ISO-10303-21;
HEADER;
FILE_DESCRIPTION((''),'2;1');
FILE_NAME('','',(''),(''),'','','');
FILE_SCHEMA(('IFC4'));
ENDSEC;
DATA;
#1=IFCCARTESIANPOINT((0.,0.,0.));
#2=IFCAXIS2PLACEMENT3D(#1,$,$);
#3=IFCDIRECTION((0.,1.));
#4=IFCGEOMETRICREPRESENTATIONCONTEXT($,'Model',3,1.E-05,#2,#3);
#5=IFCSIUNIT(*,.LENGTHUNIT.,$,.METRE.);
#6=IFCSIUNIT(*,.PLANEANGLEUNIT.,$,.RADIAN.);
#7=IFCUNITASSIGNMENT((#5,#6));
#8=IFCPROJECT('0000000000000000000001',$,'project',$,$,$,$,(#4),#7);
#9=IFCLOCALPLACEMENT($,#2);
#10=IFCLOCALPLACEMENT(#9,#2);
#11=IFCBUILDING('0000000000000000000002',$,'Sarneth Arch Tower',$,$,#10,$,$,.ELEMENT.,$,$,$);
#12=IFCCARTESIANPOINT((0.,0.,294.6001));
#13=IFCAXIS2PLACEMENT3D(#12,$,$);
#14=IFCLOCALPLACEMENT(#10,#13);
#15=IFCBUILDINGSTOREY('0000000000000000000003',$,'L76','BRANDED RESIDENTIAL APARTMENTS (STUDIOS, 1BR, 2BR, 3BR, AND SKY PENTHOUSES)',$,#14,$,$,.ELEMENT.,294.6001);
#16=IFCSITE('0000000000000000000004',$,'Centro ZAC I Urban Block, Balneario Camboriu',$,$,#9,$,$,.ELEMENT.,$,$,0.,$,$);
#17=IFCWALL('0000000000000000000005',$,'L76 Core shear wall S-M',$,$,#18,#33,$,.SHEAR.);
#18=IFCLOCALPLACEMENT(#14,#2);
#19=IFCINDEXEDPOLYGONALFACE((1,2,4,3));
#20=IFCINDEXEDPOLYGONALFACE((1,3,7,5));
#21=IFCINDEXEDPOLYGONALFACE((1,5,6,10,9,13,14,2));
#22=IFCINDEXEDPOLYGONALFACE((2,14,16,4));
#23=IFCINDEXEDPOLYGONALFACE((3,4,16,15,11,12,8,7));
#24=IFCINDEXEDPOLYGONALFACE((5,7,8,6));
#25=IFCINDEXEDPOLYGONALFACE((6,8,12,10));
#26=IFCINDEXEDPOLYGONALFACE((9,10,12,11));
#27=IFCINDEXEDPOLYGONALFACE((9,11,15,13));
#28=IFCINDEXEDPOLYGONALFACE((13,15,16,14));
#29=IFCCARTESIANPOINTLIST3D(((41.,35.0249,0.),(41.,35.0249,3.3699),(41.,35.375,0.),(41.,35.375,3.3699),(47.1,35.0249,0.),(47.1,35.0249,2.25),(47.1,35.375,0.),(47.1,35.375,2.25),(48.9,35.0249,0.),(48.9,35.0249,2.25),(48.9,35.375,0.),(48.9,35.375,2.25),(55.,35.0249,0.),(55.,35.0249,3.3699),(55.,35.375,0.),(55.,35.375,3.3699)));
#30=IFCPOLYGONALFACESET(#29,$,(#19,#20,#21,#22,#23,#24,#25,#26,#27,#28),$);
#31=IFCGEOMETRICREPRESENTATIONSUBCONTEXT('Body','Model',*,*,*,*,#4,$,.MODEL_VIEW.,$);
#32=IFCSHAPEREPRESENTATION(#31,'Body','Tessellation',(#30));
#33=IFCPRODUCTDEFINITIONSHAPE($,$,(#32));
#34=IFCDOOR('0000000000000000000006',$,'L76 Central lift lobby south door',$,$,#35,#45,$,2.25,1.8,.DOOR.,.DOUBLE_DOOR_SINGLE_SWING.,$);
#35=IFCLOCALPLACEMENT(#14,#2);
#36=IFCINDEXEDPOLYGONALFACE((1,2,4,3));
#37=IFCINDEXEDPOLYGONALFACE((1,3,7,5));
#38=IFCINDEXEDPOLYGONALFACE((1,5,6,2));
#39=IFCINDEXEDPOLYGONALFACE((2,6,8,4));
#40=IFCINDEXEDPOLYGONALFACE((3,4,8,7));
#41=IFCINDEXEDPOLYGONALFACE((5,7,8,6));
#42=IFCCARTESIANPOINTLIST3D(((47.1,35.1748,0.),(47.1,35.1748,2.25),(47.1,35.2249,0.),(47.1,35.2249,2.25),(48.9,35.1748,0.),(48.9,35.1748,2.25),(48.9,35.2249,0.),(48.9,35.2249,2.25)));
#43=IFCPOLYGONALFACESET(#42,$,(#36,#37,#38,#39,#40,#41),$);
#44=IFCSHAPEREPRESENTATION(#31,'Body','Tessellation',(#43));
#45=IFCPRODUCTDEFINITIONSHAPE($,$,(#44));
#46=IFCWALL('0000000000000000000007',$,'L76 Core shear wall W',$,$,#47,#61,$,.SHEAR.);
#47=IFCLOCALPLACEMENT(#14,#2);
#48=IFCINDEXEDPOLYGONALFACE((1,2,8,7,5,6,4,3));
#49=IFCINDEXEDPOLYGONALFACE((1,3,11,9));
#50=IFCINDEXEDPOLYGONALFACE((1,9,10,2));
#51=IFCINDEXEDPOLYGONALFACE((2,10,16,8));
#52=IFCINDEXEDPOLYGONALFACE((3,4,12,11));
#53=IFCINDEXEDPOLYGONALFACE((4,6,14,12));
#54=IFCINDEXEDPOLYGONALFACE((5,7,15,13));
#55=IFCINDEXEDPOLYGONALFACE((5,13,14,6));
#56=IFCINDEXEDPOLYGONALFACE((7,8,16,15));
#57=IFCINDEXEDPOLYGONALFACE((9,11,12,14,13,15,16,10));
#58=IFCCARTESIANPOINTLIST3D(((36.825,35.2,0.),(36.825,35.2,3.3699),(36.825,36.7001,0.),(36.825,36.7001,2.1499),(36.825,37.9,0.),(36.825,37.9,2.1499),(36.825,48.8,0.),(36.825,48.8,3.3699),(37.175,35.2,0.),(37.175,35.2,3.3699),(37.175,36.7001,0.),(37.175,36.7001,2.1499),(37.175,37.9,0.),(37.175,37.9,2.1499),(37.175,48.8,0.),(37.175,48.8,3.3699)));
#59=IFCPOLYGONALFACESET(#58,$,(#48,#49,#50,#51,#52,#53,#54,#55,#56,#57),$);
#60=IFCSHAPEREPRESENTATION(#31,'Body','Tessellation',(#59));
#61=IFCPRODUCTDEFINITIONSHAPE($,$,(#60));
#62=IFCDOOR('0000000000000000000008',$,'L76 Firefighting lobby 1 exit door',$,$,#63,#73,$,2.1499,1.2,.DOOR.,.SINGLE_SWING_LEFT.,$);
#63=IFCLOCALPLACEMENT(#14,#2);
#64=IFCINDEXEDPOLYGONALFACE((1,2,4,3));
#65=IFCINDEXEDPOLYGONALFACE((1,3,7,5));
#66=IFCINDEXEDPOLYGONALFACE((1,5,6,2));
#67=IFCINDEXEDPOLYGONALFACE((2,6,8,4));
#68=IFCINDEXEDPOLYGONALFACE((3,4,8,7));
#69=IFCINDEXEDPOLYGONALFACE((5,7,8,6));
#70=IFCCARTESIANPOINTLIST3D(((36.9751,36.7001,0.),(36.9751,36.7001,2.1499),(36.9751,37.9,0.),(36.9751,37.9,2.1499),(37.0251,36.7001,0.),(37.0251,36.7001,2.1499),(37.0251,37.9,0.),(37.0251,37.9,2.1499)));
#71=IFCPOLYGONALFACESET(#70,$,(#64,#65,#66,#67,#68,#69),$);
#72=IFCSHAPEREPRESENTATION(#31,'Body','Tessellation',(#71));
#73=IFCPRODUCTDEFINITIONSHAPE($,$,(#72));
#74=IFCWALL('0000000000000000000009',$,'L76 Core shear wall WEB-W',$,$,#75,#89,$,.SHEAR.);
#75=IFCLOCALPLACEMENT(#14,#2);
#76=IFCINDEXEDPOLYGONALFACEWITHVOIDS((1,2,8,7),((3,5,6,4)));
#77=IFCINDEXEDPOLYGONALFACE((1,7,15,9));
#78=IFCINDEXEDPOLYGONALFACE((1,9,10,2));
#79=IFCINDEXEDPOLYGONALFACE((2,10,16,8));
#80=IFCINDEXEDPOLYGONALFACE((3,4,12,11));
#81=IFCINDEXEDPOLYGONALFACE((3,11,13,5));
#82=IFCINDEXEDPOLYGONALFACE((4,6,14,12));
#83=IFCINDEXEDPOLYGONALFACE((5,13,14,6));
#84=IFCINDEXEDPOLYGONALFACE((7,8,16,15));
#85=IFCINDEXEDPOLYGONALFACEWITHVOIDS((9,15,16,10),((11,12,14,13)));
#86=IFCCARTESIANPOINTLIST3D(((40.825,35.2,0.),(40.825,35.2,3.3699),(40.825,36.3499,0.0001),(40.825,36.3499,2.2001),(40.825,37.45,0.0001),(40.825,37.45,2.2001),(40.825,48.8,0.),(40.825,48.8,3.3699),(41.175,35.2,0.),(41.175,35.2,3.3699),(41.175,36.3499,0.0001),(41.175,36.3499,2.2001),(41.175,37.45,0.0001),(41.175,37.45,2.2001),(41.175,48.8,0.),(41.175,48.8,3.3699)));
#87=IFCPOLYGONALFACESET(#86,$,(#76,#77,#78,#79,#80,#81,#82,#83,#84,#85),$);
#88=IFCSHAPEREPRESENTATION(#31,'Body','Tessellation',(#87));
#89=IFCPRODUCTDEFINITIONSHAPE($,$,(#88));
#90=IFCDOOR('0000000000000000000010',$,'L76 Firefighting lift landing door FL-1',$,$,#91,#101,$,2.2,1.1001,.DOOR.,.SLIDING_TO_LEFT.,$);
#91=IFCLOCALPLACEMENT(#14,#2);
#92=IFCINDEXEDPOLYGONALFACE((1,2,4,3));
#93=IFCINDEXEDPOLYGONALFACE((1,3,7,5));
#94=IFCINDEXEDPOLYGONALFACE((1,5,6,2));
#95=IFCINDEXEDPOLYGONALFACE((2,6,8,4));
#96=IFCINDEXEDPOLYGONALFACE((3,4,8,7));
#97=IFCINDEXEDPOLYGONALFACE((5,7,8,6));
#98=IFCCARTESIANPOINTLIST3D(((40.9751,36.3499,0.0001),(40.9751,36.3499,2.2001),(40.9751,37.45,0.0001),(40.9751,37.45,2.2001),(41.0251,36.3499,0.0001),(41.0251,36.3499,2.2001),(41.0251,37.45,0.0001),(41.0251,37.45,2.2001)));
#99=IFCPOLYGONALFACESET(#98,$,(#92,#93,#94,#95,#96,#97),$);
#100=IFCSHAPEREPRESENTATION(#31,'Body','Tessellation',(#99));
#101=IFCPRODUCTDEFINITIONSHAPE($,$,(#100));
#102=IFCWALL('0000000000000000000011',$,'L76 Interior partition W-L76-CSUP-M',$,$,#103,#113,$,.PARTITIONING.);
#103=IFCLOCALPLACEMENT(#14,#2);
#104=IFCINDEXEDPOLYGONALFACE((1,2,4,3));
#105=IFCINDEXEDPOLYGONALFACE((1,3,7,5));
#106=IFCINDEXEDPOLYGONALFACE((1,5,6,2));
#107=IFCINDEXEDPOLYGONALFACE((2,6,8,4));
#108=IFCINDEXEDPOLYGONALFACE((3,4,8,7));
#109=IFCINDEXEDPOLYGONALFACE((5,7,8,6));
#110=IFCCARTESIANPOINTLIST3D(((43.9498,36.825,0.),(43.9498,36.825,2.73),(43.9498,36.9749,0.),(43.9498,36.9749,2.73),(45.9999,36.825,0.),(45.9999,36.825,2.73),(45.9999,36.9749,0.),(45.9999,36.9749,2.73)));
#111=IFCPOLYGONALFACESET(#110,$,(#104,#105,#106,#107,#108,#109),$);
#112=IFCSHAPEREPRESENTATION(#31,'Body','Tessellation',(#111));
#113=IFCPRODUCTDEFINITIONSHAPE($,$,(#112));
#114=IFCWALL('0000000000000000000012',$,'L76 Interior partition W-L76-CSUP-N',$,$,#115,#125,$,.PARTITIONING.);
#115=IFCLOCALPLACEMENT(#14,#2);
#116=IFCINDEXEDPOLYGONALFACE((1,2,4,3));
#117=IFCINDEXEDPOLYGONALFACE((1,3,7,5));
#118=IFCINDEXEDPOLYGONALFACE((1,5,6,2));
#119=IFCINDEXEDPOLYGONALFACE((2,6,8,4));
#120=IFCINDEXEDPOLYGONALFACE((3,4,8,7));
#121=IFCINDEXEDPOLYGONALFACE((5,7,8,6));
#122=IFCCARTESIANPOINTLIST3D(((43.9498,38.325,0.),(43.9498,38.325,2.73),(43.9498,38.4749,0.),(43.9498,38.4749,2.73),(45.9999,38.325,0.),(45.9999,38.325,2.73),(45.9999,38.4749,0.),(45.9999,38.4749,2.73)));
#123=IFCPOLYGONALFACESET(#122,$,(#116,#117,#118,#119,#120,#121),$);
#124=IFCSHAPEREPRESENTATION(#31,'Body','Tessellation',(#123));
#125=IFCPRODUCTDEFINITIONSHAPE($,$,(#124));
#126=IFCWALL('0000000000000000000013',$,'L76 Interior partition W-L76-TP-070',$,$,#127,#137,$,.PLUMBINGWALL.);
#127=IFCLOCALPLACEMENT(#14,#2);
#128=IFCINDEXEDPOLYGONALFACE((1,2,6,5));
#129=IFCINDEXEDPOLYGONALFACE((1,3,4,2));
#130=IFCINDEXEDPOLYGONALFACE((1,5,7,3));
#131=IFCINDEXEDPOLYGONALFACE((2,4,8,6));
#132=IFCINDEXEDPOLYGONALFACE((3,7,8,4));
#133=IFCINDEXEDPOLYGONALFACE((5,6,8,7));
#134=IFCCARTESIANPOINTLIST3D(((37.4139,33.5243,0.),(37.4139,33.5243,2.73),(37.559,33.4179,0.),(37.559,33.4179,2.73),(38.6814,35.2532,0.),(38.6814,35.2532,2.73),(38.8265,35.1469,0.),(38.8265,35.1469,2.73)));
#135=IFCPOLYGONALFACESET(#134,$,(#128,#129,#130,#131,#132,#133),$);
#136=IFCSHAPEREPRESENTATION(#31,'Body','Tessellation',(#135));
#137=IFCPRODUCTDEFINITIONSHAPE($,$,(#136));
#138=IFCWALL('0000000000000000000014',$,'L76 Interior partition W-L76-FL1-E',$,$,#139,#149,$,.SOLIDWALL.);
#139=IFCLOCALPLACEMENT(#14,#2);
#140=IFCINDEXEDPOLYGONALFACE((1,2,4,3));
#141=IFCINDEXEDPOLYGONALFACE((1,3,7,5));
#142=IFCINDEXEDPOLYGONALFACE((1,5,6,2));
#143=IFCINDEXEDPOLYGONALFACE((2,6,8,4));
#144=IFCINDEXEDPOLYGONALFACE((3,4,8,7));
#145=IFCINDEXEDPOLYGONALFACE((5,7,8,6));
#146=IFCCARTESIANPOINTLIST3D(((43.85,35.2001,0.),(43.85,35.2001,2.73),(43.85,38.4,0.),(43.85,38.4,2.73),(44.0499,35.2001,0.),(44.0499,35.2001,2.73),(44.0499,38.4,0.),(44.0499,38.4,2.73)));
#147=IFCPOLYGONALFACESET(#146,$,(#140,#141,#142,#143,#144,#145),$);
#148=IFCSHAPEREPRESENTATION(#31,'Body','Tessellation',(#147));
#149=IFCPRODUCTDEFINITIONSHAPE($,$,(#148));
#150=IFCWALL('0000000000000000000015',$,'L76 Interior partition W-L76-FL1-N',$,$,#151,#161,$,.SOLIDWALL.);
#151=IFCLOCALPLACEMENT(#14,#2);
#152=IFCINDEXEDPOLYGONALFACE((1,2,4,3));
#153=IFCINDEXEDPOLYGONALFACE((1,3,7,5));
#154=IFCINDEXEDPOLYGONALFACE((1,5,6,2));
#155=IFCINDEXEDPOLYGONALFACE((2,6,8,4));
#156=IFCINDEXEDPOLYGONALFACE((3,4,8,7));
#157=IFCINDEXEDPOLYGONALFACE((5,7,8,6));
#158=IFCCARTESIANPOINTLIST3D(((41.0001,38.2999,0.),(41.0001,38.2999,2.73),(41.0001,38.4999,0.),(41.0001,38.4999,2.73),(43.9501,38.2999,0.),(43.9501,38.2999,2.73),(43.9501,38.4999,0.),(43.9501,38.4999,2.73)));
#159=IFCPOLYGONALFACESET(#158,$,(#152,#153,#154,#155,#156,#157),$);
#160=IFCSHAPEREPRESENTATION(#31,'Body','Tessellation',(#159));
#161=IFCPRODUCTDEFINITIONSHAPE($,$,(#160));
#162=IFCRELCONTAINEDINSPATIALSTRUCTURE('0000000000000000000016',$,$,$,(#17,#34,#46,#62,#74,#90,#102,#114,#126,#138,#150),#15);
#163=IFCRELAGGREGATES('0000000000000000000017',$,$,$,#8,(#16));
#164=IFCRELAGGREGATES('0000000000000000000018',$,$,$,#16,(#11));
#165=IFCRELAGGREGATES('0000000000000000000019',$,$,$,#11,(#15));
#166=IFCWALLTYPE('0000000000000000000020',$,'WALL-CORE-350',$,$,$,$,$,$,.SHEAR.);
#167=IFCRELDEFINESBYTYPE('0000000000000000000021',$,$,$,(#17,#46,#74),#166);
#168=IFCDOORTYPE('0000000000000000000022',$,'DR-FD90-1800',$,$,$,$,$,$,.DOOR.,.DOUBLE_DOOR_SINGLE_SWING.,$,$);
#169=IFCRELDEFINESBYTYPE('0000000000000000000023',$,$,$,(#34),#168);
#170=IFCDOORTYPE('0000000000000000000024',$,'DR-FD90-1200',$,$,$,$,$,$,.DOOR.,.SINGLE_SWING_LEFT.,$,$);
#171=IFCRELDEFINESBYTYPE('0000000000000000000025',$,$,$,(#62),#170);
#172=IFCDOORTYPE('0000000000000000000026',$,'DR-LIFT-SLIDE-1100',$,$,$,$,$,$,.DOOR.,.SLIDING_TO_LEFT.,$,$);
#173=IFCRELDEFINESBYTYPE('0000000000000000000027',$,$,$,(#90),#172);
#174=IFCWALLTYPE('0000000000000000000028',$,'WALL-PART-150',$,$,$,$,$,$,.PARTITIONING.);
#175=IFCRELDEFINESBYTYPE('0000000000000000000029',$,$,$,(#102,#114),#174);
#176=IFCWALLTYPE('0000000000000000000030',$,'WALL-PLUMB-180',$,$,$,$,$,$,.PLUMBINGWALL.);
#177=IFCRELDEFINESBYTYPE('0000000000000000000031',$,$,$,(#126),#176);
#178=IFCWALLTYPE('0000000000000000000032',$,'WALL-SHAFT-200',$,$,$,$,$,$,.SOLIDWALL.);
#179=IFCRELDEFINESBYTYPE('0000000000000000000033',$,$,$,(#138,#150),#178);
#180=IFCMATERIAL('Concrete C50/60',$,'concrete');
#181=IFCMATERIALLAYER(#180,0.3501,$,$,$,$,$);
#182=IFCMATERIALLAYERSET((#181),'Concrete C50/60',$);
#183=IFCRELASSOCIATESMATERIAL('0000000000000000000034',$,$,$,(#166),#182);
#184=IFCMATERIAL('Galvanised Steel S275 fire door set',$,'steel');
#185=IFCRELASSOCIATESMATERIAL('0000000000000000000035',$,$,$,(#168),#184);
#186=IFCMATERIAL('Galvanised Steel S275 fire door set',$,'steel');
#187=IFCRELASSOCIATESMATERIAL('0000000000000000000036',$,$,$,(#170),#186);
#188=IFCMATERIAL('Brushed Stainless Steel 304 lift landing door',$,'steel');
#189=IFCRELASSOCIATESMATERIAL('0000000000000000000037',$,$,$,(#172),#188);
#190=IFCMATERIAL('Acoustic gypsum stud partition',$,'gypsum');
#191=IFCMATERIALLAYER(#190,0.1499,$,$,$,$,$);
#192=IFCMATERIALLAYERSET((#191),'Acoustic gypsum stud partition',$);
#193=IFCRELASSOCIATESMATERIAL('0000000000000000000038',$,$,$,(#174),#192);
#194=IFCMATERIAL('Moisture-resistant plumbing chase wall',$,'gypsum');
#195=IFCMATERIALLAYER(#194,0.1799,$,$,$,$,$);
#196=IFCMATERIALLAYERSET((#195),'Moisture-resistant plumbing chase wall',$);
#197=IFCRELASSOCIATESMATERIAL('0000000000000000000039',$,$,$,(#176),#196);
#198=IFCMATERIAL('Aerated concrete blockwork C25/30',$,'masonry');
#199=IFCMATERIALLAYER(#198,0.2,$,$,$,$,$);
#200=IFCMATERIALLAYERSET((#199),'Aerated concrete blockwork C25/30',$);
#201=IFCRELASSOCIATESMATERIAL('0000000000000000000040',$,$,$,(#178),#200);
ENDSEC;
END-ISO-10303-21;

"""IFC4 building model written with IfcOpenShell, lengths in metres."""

from ifc_helpers import new_model, si_unit, direction, frame, frame_2d, origin, place, context, subcontext, project, spatial, rectangle, extrude, material, layer, layer_set, type_object, element, fill, save


model = new_model("IFC4")

# Units and contexts
model_context = context("Model", 3, precision=1e-05, world=origin(), true_north=direction((0.0, 1.0)))
body_context = subcontext(model_context, "Body", "Model", "MODEL_VIEW")
ifc_project = project(units=[si_unit("LENGTHUNIT", "METRE"), si_unit("PLANEANGLEUNIT", "RADIAN")], contexts=[model_context])

# Site, building, storey
site_placement = place(None, origin())
site = spatial("IfcSite", under=ifc_project, at=site_placement, Name="Centro ZAC I Urban Block, Balneario Camboriu", CompositionType="ELEMENT", RefElevation=0.0)
building_placement = place(site_placement, origin())
building = spatial("IfcBuilding", under=site, at=building_placement, Name="Sarneth Arch Tower", CompositionType="ELEMENT")
storey_placement = place(building_placement, frame((0.0, 0.0, 294.6001)))
storey = spatial("IfcBuildingStorey", under=building, at=storey_placement, Name="L76", Description="BRANDED RESIDENTIAL APARTMENTS (STUDIOS, 1BR, 2BR, 3BR, AND SKY PENTHOUSES)", CompositionType="ELEMENT", Elevation=294.6001)

# Shared definitions
ifc_material_1 = material(Name="Concrete C50/60", Category="concrete")
ifc_layer_1 = layer(ifc_material_1, 0.3501)
ifc_layer_set_1 = layer_set([ifc_layer_1], Name="Concrete C50/60")
wall_type_1 = type_object("IfcWallType", Name="WALL-CORE-350", PredefinedType="SHEAR", material=ifc_layer_set_1)

# Walls, openings, doors
wall_1_placement = place(storey_placement, frame((41.0, 35.2, 0.0), z_axis=(0.0, 0.0, 1.0), x_axis=(1.0, 0.0, 0.0)))
wall_1 = element("IfcWall", 1, at=wall_1_placement, inside=storey, type_object=wall_type_1, Name="L76 Core shear wall S-M", PredefinedType="SHEAR", context=body_context, shape_type="SweptSolid", body=[
    extrude(rectangle(XDim=14.0, YDim=0.3501, at=frame_2d((7.0, 0.0))), origin(), (0.0, 0.0, 1.0), 3.3699),
])
opening_1_placement = place(wall_1_placement, frame((6.1001, 0.0, 0.0)))
opening_1 = element("IfcOpeningElement", 2, at=opening_1_placement, cuts=wall_1, PredefinedType="OPENING", context=body_context, shape_type="SweptSolid", body=[
    extrude(rectangle(XDim=1.8, YDim=2.25, at=frame_2d((0.8999, 1.125))), frame((0.0, 0.1851, 0.0), z_axis=(0.0, -1.0, 0.0), x_axis=(1.0, 0.0, 0.0)), (0.0, 0.0, 1.0), 0.3701),
])
ifc_material_2 = material(Name="Galvanised Steel S275 fire door set", Category="steel")
door_type_1 = type_object("IfcDoorType", Name="DR-FD90-1800", OperationType="DOUBLE_DOOR_SINGLE_SWING", PredefinedType="DOOR", material=ifc_material_2)
door_1_placement = place(opening_1_placement, origin())
door_1 = element("IfcDoor", 3, at=door_1_placement, inside=storey, type_object=door_type_1, Name="L76 Central lift lobby south door", OperationType="DOUBLE_DOOR_SINGLE_SWING", OverallHeight=2.25, OverallWidth=1.8, PredefinedType="DOOR", context=body_context, shape_type="SweptSolid", body=[
    extrude(rectangle(XDim=1.8, YDim=2.25, at=frame_2d((0.8999, 1.125))), frame((0.0, 0.0249, 0.0), z_axis=(0.0, -1.0, 0.0), x_axis=(1.0, 0.0, 0.0)), (0.0, 0.0, 1.0), 0.05),
])
fill(opening_1, door_1)
wall_2_placement = place(storey_placement, frame((37.0, 35.2, 0.0), z_axis=(0.0, 0.0, 1.0), x_axis=(0.0, 1.0, 0.0)))
wall_2 = element("IfcWall", 4, at=wall_2_placement, inside=storey, type_object=wall_type_1, Name="L76 Core shear wall W", PredefinedType="SHEAR", context=body_context, shape_type="SweptSolid", body=[
    extrude(rectangle(XDim=13.6001, YDim=0.3501, at=frame_2d((6.8, 0.0))), origin(), (0.0, 0.0, 1.0), 3.3699),
])
opening_2_placement = place(wall_2_placement, frame((1.5, 0.0, 0.0)))
opening_2 = element("IfcOpeningElement", 5, at=opening_2_placement, cuts=wall_2, PredefinedType="OPENING", context=body_context, shape_type="SweptSolid", body=[
    extrude(rectangle(XDim=1.2, YDim=2.1499, at=frame_2d((0.6001, 1.075))), frame((0.0, 0.1851, 0.0), z_axis=(0.0, -1.0, 0.0), x_axis=(1.0, 0.0, 0.0)), (0.0, 0.0, 1.0), 0.3701),
])
ifc_material_3 = material(Name="Galvanised Steel S275 fire door set", Category="steel")
door_type_2 = type_object("IfcDoorType", Name="DR-FD90-1200", OperationType="SINGLE_SWING_LEFT", PredefinedType="DOOR", material=ifc_material_3)
door_2_placement = place(opening_2_placement, origin())
door_2 = element("IfcDoor", 6, at=door_2_placement, inside=storey, type_object=door_type_2, Name="L76 Firefighting lobby 1 exit door", OperationType="SINGLE_SWING_LEFT", OverallHeight=2.1499, OverallWidth=1.2, PredefinedType="DOOR", context=body_context, shape_type="SweptSolid", body=[
    extrude(rectangle(XDim=1.2, YDim=2.1499, at=frame_2d((0.6001, 1.075))), frame((0.0, 0.0249, 0.0), z_axis=(0.0, -1.0, 0.0), x_axis=(1.0, 0.0, 0.0)), (0.0, 0.0, 1.0), 0.05),
])
fill(opening_2, door_2)
wall_3_placement = place(storey_placement, frame((41.0, 35.2, 0.0), z_axis=(0.0, 0.0, 1.0), x_axis=(0.0, 1.0, 0.0)))
wall_3 = element("IfcWall", 7, at=wall_3_placement, inside=storey, type_object=wall_type_1, Name="L76 Core shear wall WEB-W", PredefinedType="SHEAR", context=body_context, shape_type="SweptSolid", body=[
    extrude(rectangle(XDim=13.6001, YDim=0.3501, at=frame_2d((6.8, 0.0))), origin(), (0.0, 0.0, 1.0), 3.3699),
])
opening_3_placement = place(wall_3_placement, frame((1.1499, 0.0, 0.0)))
opening_3 = element("IfcOpeningElement", 8, at=opening_3_placement, cuts=wall_3, PredefinedType="OPENING", context=body_context, shape_type="SweptSolid", body=[
    extrude(rectangle(XDim=1.1001, YDim=2.2, at=frame_2d((0.55, 1.1001))), frame((0.0, 0.1851, 0.0), z_axis=(0.0, -1.0, 0.0), x_axis=(1.0, 0.0, 0.0)), (0.0, 0.0, 1.0), 0.3701),
])
ifc_material_4 = material(Name="Brushed Stainless Steel 304 lift landing door", Category="steel")
door_type_3 = type_object("IfcDoorType", Name="DR-LIFT-SLIDE-1100", OperationType="SLIDING_TO_LEFT", PredefinedType="DOOR", material=ifc_material_4)
door_3_placement = place(opening_3_placement, origin())
door_3 = element("IfcDoor", 9, at=door_3_placement, inside=storey, type_object=door_type_3, Name="L76 Firefighting lift landing door FL-1", OperationType="SLIDING_TO_LEFT", OverallHeight=2.2, OverallWidth=1.1001, PredefinedType="DOOR", context=body_context, shape_type="SweptSolid", body=[
    extrude(rectangle(XDim=1.1001, YDim=2.2, at=frame_2d((0.55, 1.1001))), frame((0.0, 0.0249, 0.0), z_axis=(0.0, -1.0, 0.0), x_axis=(1.0, 0.0, 0.0)), (0.0, 0.0, 1.0), 0.05),
])
fill(opening_3, door_3)
ifc_material_5 = material(Name="Acoustic gypsum stud partition", Category="gypsum")
ifc_layer_2 = layer(ifc_material_5, 0.1499)
ifc_layer_set_2 = layer_set([ifc_layer_2], Name="Acoustic gypsum stud partition")
wall_type_2 = type_object("IfcWallType", Name="WALL-PART-150", PredefinedType="PARTITIONING", material=ifc_layer_set_2)

# Walls
for number, where, z_axis, x_axis, name in (
    (10, (43.95, 36.8999, 0.0), (0.0, 0.0, 1.0), (1.0, 0.0, 0.0), "L76 Interior partition W-L76-CSUP-M"),
    (11, (43.95, 38.3999, 0.0), (0.0, 0.0, 1.0), (1.0, 0.0, 0.0), "L76 Interior partition W-L76-CSUP-N"),
):
    element("IfcWall", number, at=place(storey_placement, frame(where, z_axis=z_axis, x_axis=x_axis)), inside=storey, type_object=wall_type_2, Name=name, PredefinedType="PARTITIONING", context=body_context, shape_type="SweptSolid", body=[
        extrude(rectangle(XDim=2.05, YDim=0.1499, at=frame_2d((1.0249, 0.0))), origin(), (0.0, 0.0, 1.0), 2.73),
    ])

# Wall
ifc_material_6 = material(Name="Moisture-resistant plumbing chase wall", Category="gypsum")
ifc_layer_3 = layer(ifc_material_6, 0.1799)
ifc_layer_set_3 = layer_set([ifc_layer_3], Name="Moisture-resistant plumbing chase wall")
wall_type_3 = type_object("IfcWallType", Name="WALL-PLUMB-180", PredefinedType="PLUMBINGWALL", material=ifc_layer_set_3)
wall_4_placement = place(storey_placement, frame((38.7539, 35.2, 0.0), z_axis=(0.0, 0.0, 1.0), x_axis=(-0.591255, -0.806485, 0.0)))
element("IfcWall", 12, at=wall_4_placement, inside=storey, type_object=wall_type_3, Name="L76 Interior partition W-L76-TP-070", PredefinedType="PLUMBINGWALL", context=body_context, shape_type="SweptSolid", body=[
    extrude(rectangle(XDim=2.1438, YDim=0.1799, at=frame_2d((1.0718, 0.0))), origin(), (0.0, 0.0, 1.0), 2.73),
])

# Shared definitions
ifc_material_7 = material(Name="Aerated concrete blockwork C25/30", Category="masonry")
ifc_layer_4 = layer(ifc_material_7, 0.2)
ifc_layer_set_4 = layer_set([ifc_layer_4], Name="Aerated concrete blockwork C25/30")
wall_type_4 = type_object("IfcWallType", Name="WALL-SHAFT-200", PredefinedType="SOLIDWALL", material=ifc_layer_set_4)

# Walls
wall_5_placement = place(storey_placement, frame((43.95, 35.2, 0.0), z_axis=(0.0, 0.0, 1.0), x_axis=(0.0, 1.0, 0.0)))
element("IfcWall", 13, at=wall_5_placement, inside=storey, type_object=wall_type_4, Name="L76 Interior partition W-L76-FL1-E", PredefinedType="SOLIDWALL", context=body_context, shape_type="SweptSolid", body=[
    extrude(rectangle(XDim=3.2, YDim=0.2, at=frame_2d((1.6001, 0.0))), origin(), (0.0, 0.0, 1.0), 2.73),
])
wall_6_placement = place(storey_placement, frame((41.0, 38.3999, 0.0), z_axis=(0.0, 0.0, 1.0), x_axis=(1.0, 0.0, 0.0)))
element("IfcWall", 14, at=wall_6_placement, inside=storey, type_object=wall_type_4, Name="L76 Interior partition W-L76-FL1-N", PredefinedType="SOLIDWALL", context=body_context, shape_type="SweptSolid", body=[
    extrude(rectangle(XDim=2.95, YDim=0.2, at=frame_2d((1.4751, 0.0))), origin(), (0.0, 0.0, 1.0), 2.73),
])

save(model, "model.ifc")
